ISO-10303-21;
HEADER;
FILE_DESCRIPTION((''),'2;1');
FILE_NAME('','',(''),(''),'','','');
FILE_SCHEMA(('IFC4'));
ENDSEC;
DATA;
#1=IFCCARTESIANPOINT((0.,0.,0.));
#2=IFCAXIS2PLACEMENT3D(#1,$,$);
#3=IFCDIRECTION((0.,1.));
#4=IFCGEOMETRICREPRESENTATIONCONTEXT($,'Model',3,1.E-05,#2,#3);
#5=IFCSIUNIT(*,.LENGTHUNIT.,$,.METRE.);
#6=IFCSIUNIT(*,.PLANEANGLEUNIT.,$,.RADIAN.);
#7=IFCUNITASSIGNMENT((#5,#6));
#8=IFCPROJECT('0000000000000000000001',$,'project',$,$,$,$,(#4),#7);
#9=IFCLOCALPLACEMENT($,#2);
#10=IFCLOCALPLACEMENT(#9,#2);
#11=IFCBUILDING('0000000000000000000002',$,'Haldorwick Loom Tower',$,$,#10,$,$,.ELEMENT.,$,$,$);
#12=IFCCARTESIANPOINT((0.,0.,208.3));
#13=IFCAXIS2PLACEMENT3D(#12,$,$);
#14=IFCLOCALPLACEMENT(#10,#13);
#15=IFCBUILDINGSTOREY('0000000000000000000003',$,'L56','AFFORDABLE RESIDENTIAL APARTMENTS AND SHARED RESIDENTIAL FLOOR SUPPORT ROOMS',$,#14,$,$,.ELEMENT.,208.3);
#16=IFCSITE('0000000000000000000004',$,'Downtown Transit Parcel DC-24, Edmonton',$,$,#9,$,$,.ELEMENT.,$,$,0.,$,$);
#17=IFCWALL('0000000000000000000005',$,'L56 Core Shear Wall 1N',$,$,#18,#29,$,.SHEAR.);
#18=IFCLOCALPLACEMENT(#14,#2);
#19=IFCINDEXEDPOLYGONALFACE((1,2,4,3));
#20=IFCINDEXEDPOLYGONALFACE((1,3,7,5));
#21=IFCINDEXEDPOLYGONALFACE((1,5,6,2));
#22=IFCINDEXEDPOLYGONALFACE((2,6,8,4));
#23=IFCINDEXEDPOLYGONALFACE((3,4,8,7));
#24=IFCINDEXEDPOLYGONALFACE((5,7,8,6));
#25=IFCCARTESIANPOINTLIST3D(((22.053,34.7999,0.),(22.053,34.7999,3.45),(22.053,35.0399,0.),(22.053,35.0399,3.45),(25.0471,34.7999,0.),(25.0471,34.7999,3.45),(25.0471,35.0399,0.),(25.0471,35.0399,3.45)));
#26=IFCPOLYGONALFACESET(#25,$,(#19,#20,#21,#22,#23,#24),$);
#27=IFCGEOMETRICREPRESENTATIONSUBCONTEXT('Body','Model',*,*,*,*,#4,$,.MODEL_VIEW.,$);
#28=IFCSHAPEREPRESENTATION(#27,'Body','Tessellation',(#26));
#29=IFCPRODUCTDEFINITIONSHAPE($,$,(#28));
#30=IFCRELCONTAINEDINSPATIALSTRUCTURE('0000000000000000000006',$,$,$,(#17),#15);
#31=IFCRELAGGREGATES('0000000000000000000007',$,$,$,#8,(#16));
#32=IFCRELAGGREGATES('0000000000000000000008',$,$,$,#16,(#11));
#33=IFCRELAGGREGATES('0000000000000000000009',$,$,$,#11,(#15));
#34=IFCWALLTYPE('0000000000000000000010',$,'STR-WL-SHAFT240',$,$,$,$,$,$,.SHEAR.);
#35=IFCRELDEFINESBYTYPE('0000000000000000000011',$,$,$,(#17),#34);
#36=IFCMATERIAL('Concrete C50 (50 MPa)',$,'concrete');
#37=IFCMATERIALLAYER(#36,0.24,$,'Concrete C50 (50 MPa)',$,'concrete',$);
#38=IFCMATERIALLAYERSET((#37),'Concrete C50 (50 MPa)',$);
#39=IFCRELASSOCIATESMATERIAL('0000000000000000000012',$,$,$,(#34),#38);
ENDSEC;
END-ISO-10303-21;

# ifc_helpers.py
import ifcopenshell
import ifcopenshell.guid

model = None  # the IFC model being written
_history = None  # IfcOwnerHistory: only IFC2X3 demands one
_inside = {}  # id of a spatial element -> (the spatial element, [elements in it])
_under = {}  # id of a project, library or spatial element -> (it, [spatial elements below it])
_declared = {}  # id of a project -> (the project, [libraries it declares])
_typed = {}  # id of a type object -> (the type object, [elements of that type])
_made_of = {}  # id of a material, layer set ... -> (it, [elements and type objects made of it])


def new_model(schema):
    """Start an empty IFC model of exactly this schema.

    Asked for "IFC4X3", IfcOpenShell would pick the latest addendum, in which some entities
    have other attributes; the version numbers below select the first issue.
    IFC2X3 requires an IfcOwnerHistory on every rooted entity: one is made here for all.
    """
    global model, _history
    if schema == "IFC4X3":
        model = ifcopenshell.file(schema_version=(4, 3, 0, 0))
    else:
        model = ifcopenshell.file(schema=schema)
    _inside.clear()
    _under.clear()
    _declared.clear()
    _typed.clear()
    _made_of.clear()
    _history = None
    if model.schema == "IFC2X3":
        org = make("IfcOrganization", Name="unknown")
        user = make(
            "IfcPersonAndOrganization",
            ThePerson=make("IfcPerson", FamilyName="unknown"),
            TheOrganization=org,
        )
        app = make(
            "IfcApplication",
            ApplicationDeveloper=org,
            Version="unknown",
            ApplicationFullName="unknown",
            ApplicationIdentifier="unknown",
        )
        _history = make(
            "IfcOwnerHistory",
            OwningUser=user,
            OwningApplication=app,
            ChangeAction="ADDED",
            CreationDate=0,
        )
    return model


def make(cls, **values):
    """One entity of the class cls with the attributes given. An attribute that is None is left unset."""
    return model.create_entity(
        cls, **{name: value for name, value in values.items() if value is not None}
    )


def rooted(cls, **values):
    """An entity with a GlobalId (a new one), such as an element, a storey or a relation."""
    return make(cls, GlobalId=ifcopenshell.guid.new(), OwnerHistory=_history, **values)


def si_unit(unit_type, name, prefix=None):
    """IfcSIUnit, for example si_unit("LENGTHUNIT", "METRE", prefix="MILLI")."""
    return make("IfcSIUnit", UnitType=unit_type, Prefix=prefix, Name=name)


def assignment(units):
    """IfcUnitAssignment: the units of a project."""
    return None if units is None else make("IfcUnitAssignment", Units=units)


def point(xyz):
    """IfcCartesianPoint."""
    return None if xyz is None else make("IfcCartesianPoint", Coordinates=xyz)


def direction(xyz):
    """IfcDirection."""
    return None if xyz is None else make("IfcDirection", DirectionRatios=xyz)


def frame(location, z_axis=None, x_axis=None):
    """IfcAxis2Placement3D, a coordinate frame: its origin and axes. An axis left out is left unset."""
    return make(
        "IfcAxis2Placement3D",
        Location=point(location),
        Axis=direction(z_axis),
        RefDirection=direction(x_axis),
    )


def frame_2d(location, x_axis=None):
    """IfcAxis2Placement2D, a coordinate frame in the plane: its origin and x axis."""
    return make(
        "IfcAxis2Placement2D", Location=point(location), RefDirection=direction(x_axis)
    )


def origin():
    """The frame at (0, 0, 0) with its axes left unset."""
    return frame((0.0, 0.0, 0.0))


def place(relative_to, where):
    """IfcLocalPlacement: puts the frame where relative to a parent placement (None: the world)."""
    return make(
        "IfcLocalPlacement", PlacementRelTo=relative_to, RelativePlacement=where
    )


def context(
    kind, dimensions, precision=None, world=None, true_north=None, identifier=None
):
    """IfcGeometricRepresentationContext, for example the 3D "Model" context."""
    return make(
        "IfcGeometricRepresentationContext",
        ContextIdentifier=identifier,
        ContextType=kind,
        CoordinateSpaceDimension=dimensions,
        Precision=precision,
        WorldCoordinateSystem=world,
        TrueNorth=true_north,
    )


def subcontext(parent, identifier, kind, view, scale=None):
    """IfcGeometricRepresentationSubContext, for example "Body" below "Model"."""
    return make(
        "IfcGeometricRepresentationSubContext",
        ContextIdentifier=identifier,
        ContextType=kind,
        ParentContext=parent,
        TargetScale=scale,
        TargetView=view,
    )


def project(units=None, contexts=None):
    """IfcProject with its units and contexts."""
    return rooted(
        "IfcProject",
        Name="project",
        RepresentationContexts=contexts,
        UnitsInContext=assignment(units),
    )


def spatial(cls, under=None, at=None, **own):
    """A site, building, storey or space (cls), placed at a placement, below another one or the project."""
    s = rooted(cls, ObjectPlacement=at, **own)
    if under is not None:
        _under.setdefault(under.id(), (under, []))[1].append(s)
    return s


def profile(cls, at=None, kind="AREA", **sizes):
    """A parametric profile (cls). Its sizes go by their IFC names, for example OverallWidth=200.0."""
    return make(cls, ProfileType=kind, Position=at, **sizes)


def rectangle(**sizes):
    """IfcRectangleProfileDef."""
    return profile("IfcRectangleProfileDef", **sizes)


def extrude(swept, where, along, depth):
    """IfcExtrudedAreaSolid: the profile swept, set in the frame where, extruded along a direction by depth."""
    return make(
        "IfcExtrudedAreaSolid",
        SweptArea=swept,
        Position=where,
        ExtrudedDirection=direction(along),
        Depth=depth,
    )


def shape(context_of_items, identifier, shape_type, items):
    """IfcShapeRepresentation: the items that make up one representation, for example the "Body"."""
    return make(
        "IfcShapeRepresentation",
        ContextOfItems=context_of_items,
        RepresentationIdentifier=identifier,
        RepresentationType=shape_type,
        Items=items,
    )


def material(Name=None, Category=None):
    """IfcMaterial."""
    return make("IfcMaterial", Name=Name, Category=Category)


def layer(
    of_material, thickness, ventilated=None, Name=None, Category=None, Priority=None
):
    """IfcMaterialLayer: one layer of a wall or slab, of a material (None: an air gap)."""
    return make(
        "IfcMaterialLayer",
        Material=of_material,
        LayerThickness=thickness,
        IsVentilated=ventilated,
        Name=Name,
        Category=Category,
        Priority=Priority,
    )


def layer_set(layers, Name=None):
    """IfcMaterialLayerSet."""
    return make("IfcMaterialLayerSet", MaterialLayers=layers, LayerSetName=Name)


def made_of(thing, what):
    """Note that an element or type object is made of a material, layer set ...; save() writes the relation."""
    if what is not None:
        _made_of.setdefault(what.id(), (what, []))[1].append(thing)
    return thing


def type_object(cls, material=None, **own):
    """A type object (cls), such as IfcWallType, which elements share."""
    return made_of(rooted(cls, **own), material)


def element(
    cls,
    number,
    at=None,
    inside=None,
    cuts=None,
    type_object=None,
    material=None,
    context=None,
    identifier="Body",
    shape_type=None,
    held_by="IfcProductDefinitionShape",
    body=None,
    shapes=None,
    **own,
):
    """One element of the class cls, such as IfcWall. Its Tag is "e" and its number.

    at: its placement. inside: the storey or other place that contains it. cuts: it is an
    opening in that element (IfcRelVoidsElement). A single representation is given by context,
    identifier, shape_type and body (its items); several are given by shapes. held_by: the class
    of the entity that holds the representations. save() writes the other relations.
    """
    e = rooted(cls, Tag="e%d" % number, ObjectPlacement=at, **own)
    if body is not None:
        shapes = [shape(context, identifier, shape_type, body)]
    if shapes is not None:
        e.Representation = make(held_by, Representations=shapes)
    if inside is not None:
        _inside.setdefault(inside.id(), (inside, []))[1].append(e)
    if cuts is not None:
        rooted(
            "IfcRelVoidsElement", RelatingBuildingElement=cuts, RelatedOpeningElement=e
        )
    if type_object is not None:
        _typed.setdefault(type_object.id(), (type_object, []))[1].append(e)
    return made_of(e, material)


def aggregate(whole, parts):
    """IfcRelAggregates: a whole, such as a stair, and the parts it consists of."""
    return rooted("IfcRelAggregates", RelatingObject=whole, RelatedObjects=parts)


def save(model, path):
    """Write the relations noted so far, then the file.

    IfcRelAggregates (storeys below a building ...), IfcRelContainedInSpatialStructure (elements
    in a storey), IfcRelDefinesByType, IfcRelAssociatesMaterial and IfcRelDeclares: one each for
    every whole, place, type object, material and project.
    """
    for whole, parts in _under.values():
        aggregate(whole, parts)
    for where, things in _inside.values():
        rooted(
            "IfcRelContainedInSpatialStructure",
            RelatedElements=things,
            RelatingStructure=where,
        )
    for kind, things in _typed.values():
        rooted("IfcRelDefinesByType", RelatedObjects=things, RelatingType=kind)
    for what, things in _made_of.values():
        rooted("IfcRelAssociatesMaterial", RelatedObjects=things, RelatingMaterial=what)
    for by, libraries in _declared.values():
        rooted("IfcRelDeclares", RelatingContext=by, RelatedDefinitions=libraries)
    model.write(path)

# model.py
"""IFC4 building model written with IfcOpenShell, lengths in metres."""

from ifc_helpers import new_model, si_unit, direction, frame, frame_2d, origin, place, context, subcontext, project, spatial, rectangle, extrude, material, layer, layer_set, type_object, element, save


model = new_model("IFC4")

# Units and contexts
model_context = context("Model", 3, precision=1e-05, world=origin(), true_north=direction((0.0, 1.0)))
body_context = subcontext(model_context, "Body", "Model", "MODEL_VIEW")
ifc_project = project(units=[si_unit("LENGTHUNIT", "METRE"), si_unit("PLANEANGLEUNIT", "RADIAN")], contexts=[model_context])

# Site, building, storey
site_placement = place(None, origin())
site = spatial("IfcSite", under=ifc_project, at=site_placement, Name="Downtown Transit Parcel DC-24, Edmonton", CompositionType="ELEMENT", RefElevation=0.0)
building_placement = place(site_placement, origin())
building = spatial("IfcBuilding", under=site, at=building_placement, Name="Haldorwick Loom Tower", CompositionType="ELEMENT")
storey_placement = place(building_placement, frame((0.0, 0.0, 208.3)))
storey = spatial("IfcBuildingStorey", under=building, at=storey_placement, Name="L56", Description="AFFORDABLE RESIDENTIAL APARTMENTS AND SHARED RESIDENTIAL FLOOR SUPPORT ROOMS", CompositionType="ELEMENT", Elevation=208.3)

# Shared definitions
ifc_material_1 = material(Name="Concrete C50 (50 MPa)", Category="concrete")

# Wall
ifc_layer_1 = layer(ifc_material_1, 0.24, Name="Concrete C50 (50 MPa)", Category="concrete")
ifc_layer_set_1 = layer_set([ifc_layer_1], Name="Concrete C50 (50 MPa)")
wall_type_1 = type_object("IfcWallType", Name="STR-WL-SHAFT240", PredefinedType="SHEAR", material=ifc_layer_set_1)
wall_1_placement = place(storey_placement, frame((22.053, 34.9199, 0.0), z_axis=(0.0, 0.0, 1.0), x_axis=(1.0, 0.0, 0.0)))
element("IfcWall", 1, at=wall_1_placement, inside=storey, type_object=wall_type_1, Name="L56 Core Shear Wall 1N", PredefinedType="SHEAR", context=body_context, shape_type="SweptSolid", body=[
    extrude(rectangle(XDim=2.9941, YDim=0.24, at=frame_2d((1.4971, 0.0))), origin(), (0.0, 0.0, 1.0), 3.45),
])

save(model, "model.ifc")
